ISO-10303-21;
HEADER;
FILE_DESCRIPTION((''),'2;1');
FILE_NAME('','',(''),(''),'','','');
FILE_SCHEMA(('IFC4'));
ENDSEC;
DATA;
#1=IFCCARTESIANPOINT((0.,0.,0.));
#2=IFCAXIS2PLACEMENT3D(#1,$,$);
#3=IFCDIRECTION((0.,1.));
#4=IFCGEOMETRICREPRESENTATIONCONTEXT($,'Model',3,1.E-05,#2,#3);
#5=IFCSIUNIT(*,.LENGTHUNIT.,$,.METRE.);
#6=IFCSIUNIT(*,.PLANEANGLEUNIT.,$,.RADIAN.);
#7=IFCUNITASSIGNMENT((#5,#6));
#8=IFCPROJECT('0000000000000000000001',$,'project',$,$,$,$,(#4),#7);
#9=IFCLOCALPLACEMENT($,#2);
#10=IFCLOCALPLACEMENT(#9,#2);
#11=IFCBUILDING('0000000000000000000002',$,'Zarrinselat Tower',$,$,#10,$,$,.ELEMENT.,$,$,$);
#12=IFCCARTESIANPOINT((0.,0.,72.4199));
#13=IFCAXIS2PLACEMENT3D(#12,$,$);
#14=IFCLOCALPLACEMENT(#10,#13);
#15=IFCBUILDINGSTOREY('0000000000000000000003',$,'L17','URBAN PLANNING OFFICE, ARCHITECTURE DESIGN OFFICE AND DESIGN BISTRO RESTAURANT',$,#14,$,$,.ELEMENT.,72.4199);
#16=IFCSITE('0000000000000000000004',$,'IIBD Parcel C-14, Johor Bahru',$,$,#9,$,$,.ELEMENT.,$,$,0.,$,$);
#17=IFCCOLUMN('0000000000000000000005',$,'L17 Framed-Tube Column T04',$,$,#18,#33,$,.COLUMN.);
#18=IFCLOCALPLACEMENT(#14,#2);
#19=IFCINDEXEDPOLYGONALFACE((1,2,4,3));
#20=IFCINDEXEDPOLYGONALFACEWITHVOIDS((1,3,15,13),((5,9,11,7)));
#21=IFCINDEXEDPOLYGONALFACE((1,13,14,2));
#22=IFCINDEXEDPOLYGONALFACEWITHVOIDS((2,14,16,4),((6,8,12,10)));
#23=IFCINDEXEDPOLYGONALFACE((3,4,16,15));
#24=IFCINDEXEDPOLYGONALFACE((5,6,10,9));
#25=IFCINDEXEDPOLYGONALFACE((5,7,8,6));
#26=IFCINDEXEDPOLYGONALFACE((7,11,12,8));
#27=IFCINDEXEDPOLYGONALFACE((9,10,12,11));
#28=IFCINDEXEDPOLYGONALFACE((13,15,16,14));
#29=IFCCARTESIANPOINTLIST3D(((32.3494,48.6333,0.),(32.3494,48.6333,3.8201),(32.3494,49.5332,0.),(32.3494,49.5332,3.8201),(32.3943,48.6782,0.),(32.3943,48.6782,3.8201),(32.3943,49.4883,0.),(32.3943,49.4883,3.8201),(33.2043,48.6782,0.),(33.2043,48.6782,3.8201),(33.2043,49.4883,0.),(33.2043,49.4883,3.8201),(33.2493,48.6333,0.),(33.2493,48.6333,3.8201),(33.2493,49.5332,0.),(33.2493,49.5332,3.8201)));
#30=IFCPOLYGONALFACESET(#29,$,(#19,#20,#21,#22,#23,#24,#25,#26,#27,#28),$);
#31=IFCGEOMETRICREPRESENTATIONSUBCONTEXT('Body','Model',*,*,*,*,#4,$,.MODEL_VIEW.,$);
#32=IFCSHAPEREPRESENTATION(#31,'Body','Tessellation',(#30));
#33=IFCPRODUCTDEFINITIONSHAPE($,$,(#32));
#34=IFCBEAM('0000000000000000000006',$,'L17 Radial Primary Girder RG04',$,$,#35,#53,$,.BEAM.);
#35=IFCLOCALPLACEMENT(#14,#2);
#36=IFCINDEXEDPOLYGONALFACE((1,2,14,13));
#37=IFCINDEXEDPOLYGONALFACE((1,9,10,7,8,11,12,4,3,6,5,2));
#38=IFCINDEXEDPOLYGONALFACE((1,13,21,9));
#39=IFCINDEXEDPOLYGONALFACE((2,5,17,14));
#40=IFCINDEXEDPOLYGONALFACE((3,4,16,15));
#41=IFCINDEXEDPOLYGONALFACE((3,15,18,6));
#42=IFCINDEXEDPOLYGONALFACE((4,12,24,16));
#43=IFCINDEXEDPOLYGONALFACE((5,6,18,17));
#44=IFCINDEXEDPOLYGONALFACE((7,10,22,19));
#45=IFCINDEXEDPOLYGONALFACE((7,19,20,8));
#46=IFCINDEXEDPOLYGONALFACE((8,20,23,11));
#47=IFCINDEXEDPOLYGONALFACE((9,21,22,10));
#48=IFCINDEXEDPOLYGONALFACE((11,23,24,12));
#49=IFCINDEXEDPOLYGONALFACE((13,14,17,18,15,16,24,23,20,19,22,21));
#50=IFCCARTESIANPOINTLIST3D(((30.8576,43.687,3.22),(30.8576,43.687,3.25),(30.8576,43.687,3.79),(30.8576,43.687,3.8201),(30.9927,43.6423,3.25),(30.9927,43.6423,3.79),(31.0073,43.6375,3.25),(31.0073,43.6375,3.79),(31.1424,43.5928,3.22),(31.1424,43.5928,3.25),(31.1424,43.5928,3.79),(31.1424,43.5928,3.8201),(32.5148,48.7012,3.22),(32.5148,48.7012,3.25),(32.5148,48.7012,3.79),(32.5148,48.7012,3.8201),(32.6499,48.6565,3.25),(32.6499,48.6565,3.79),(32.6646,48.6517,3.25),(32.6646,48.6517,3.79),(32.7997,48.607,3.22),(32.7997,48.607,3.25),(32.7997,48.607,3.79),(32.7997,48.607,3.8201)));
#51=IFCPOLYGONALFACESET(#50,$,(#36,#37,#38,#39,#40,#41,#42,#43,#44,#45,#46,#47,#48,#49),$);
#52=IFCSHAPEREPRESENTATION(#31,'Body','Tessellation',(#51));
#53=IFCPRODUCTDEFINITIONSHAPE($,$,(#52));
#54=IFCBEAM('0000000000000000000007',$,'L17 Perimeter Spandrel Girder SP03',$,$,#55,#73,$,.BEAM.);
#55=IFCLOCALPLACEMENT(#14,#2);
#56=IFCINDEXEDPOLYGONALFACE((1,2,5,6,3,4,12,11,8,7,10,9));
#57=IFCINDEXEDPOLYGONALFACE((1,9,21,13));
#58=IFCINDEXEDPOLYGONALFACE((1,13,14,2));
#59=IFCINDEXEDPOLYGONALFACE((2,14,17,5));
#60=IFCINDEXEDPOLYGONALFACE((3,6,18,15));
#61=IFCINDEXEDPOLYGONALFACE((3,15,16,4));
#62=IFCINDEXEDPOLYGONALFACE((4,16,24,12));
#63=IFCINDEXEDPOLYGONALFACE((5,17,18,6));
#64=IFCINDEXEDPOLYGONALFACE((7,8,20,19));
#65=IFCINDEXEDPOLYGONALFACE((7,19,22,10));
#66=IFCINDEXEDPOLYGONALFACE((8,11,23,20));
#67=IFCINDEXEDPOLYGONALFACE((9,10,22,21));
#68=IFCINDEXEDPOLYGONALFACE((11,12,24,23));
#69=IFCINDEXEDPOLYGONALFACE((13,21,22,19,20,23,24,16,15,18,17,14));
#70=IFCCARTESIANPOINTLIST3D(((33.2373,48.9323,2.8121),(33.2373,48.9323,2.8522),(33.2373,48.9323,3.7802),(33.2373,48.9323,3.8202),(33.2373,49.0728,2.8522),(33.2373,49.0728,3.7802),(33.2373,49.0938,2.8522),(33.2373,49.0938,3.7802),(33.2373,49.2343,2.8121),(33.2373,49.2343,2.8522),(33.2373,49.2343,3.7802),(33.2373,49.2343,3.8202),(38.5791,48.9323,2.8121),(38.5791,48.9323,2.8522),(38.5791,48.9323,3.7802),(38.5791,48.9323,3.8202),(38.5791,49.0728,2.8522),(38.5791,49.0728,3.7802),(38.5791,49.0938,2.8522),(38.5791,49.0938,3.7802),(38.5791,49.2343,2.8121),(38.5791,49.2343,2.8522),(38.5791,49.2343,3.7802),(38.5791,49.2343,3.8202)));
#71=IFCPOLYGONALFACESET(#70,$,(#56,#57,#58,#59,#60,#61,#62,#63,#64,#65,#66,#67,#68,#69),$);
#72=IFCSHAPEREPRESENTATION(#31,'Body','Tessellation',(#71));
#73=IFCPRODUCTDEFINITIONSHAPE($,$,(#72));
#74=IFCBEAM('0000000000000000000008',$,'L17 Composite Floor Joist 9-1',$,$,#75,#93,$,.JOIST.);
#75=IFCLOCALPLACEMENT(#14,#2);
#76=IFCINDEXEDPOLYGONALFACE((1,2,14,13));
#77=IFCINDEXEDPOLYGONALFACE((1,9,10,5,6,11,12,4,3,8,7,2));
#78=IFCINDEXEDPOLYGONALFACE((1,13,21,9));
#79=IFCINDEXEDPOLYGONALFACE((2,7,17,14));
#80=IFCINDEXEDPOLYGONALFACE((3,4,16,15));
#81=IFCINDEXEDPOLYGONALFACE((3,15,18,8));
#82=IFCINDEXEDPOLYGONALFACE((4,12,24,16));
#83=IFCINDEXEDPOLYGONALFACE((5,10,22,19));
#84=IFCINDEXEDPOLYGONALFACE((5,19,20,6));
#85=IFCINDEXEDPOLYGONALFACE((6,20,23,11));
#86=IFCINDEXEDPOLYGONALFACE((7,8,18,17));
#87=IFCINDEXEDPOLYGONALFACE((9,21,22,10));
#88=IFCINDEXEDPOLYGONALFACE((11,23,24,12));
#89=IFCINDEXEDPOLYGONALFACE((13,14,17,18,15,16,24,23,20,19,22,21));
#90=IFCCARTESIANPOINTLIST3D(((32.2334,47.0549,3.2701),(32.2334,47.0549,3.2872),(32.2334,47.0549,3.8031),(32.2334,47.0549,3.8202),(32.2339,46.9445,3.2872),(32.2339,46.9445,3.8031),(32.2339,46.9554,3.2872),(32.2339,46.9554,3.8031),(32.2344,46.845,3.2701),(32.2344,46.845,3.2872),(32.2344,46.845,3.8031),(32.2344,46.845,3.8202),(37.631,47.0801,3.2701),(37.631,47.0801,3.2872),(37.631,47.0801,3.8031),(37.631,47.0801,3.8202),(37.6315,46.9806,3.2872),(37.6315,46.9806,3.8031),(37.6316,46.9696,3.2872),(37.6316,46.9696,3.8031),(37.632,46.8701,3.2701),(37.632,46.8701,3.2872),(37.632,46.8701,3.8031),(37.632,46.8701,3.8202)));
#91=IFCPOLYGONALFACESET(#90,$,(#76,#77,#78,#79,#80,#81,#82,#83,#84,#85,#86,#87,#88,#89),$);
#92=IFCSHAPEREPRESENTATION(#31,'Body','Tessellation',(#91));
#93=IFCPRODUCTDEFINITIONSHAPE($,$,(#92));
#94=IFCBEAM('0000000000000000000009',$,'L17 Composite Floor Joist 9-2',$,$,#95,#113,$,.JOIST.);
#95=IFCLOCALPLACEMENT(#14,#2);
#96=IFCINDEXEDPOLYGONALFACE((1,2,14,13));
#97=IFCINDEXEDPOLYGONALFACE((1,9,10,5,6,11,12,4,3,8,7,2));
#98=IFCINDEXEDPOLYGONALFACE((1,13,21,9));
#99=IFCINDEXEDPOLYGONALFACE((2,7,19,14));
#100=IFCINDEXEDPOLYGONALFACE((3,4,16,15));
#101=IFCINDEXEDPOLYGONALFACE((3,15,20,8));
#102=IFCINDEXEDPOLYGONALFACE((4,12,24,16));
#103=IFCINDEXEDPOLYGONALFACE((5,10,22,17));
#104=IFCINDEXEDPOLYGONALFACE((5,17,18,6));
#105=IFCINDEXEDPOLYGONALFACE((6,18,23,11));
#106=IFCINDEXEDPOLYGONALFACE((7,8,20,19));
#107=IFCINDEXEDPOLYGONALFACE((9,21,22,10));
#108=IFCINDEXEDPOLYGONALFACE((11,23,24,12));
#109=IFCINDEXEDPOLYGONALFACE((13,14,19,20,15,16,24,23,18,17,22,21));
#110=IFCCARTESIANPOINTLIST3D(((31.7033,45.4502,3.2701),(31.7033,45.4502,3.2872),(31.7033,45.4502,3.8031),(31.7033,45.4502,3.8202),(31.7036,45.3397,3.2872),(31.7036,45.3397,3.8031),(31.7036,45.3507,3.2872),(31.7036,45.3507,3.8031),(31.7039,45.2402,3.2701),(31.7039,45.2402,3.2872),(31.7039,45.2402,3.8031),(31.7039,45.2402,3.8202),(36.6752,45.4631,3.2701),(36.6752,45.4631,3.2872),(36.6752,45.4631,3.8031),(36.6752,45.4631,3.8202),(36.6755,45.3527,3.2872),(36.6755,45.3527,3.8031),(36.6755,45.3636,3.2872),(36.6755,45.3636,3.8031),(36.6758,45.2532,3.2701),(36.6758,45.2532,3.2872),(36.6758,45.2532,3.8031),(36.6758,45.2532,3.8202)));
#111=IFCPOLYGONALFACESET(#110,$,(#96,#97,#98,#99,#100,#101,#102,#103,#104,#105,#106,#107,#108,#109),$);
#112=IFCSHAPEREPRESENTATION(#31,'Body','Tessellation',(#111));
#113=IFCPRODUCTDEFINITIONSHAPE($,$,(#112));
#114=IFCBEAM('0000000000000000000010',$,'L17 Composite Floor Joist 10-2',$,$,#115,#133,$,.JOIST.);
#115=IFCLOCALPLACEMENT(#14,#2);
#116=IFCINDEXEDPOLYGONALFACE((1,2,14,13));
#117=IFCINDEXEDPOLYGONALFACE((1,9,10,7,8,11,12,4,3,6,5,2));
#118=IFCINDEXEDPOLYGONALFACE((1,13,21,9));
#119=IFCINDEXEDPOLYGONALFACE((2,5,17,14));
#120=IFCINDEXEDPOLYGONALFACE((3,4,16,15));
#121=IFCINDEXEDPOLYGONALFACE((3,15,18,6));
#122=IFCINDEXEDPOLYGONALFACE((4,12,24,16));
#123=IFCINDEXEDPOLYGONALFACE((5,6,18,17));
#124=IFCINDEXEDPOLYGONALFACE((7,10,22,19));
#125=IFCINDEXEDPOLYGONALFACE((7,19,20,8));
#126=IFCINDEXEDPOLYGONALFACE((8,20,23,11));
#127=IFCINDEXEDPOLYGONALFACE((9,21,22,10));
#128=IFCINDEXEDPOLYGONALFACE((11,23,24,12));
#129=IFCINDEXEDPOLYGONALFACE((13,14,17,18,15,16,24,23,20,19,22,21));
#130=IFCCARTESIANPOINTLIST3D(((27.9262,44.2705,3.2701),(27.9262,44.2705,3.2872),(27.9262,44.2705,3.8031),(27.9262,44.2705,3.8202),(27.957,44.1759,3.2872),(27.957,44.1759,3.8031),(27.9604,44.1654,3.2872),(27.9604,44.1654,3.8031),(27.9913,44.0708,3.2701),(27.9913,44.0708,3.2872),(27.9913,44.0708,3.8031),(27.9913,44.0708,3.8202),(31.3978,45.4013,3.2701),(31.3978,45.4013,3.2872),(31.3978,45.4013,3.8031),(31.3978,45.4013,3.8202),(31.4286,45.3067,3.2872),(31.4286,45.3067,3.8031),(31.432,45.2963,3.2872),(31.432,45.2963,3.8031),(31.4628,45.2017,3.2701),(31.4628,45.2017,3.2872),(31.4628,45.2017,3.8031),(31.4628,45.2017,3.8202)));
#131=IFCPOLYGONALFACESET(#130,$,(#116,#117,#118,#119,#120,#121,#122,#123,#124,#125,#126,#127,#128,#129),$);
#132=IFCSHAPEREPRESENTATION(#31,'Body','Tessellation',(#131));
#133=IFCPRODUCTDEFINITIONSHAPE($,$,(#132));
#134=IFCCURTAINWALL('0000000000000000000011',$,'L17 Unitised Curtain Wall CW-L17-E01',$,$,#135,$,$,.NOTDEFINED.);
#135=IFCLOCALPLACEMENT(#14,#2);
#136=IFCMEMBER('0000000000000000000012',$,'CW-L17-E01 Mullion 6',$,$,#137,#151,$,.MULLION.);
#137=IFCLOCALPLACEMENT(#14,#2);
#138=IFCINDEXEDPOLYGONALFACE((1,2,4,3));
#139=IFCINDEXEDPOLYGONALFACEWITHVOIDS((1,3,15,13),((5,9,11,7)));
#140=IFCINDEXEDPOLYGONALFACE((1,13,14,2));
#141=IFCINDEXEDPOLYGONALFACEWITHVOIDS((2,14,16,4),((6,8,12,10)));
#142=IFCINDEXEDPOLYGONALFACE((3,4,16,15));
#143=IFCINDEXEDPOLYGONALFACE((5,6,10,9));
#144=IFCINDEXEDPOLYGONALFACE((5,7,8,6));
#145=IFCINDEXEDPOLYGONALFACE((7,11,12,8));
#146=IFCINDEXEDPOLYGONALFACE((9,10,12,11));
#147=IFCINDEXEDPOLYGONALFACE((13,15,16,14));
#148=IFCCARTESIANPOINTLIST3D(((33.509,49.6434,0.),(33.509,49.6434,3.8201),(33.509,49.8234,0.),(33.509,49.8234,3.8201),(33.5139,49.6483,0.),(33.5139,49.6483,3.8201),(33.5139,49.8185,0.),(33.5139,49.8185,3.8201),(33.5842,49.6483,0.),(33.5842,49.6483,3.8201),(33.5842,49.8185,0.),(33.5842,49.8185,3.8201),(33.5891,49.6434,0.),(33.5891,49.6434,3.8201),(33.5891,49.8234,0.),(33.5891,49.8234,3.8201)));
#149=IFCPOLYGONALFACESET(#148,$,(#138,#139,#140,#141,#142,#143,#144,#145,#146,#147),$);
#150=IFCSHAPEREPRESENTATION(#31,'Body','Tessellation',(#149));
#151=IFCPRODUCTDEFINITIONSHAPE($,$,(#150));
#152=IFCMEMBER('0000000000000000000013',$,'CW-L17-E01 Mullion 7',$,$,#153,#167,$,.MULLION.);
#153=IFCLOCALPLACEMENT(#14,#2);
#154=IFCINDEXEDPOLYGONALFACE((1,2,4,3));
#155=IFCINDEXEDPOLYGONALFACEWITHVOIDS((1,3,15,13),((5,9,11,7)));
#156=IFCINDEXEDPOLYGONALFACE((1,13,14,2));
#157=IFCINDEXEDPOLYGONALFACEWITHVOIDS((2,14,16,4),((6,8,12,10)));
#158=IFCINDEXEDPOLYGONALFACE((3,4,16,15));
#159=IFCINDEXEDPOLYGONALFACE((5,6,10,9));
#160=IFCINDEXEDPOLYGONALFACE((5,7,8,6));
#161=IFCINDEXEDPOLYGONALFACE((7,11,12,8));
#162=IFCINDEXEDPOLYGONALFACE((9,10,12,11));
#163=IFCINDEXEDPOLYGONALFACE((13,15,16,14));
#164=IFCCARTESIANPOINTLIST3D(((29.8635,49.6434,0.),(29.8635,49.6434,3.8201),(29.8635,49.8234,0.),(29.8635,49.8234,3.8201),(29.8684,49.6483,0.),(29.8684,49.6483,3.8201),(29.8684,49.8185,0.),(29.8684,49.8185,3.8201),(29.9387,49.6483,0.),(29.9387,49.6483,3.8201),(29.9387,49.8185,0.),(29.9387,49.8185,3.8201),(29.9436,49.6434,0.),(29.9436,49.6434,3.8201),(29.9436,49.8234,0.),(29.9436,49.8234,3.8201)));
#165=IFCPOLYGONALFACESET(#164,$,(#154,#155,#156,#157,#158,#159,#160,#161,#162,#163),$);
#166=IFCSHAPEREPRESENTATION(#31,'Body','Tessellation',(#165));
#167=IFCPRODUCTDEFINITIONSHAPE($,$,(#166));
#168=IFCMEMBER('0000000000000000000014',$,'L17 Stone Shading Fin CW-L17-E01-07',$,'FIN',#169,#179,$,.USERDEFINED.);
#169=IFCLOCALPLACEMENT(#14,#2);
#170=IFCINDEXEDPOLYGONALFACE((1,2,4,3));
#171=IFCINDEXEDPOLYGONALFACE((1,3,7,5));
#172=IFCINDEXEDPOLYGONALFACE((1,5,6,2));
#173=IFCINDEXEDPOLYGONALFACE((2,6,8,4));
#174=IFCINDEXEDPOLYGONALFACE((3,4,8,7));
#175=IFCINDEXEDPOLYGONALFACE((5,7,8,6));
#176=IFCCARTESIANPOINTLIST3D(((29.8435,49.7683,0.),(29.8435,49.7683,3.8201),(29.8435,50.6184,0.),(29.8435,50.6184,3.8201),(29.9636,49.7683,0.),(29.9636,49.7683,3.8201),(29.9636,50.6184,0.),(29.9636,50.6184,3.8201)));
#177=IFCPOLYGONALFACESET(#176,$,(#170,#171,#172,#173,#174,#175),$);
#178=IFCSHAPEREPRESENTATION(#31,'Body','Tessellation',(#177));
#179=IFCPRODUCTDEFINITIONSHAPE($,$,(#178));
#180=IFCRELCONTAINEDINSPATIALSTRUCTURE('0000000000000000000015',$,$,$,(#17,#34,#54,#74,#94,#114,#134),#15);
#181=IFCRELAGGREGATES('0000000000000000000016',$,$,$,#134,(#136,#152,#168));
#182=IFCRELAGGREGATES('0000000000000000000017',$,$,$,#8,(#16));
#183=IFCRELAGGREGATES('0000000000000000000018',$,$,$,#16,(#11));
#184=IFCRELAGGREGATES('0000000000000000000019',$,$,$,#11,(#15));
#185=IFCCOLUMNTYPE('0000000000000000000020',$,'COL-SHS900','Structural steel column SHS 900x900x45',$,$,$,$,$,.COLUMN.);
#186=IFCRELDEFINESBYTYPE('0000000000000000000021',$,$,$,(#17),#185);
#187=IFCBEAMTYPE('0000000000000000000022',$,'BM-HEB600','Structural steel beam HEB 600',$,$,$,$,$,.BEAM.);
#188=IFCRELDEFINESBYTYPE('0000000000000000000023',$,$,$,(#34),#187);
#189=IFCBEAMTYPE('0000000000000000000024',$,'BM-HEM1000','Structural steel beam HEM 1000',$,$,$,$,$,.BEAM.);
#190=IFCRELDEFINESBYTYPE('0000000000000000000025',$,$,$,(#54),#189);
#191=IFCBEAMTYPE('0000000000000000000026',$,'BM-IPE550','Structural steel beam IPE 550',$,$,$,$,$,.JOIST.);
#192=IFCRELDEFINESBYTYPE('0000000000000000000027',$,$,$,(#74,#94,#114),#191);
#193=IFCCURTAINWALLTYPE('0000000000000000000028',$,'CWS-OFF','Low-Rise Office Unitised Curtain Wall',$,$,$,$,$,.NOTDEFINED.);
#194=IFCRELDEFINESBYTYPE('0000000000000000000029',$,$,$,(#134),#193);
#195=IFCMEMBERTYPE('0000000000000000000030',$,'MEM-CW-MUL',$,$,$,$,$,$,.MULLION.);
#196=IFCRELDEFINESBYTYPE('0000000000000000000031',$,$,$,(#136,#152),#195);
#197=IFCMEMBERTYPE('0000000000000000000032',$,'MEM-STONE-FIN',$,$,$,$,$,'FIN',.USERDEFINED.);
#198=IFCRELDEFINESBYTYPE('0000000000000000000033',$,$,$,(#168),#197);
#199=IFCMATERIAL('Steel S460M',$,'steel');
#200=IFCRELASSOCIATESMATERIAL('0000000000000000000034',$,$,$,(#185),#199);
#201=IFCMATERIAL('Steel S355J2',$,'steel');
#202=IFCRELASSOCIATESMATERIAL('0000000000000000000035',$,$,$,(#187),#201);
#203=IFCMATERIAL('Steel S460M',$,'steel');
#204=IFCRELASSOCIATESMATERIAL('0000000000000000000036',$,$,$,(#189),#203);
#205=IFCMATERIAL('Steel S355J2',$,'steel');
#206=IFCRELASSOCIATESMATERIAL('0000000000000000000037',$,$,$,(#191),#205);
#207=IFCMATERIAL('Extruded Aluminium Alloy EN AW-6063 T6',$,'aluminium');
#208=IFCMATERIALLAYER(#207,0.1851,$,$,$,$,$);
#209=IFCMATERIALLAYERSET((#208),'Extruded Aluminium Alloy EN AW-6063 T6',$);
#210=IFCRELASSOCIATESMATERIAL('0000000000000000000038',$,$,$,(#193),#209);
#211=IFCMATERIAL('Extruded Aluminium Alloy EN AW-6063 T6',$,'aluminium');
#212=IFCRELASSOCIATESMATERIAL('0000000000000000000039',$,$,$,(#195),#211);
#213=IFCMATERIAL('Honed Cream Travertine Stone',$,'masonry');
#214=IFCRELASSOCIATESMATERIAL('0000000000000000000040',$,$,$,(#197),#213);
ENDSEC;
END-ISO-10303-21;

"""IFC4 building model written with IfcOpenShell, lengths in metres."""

from ifc_helpers import new_model, si_unit, direction, frame, origin, origin_2d, place, context, subcontext, project, spatial, rectangle, hollow_rectangle, i_section, extrude, material, layer, layer_set, material_profile, profile_set, type_object, element, aggregate, save


model = new_model("IFC4")

# Units and contexts
model_context = context("Model", 3, precision=1e-05, world=origin(), true_north=direction((0.0, 1.0)))
body_context = subcontext(model_context, "Body", "Model", "MODEL_VIEW")
ifc_project = project(units=[si_unit("LENGTHUNIT", "METRE"), si_unit("PLANEANGLEUNIT", "RADIAN")], contexts=[model_context])

# Site, building, storey
site_placement = place(None, origin())
site = spatial("IfcSite", under=ifc_project, at=site_placement, Name="IIBD Parcel C-14, Johor Bahru", CompositionType="ELEMENT", RefElevation=0.0)
building_placement = place(site_placement, origin())
building = spatial("IfcBuilding", under=site, at=building_placement, Name="Zarrinselat Tower", CompositionType="ELEMENT")
storey_placement = place(building_placement, frame((0.0, 0.0, 72.4199)))
storey = spatial("IfcBuildingStorey", under=building, at=storey_placement, Name="L17", Description="URBAN PLANNING OFFICE, ARCHITECTURE DESIGN OFFICE AND DESIGN BISTRO RESTAURANT", CompositionType="ELEMENT", Elevation=72.4199)

# Column
ifc_material_1 = material(Name="Steel S460M", Category="steel")
ifc_material_profile_1 = material_profile(ifc_material_1, hollow_rectangle(XDim=0.8999, YDim=0.8999, WallThickness=0.0449, at=origin_2d()), Name="SHS 900x900x45")
ifc_profile_set_1 = profile_set([ifc_material_profile_1], Name="Steel S460M")
column_type = type_object("IfcColumnType", Name="COL-SHS900", Description="Structural steel column SHS 900x900x45", PredefinedType="COLUMN", material=ifc_profile_set_1)
column_placement = place(storey_placement, frame((32.7993, 49.0833, 0.0), z_axis=(0.0, 0.0, 1.0), x_axis=(1.0, 0.0, 0.0)))
element("IfcColumn", 1, at=column_placement, inside=storey, type_object=column_type, Name="L17 Framed-Tube Column T04", PredefinedType="COLUMN", context=body_context, shape_type="SweptSolid", body=[
    extrude(hollow_rectangle(XDim=0.8999, YDim=0.8999, WallThickness=0.0449, at=origin_2d()), origin(), (0.0, 0.0, 1.0), 3.8201),
])

# Beams
ifc_material_2 = material(Name="Steel S355J2", Category="steel")
ifc_material_profile_2 = material_profile(ifc_material_2, i_section(OverallWidth=0.3, OverallDepth=0.6001, WebThickness=0.0154, FlangeThickness=0.03, at=origin_2d()), Name="HEB 600")
ifc_profile_set_2 = profile_set([ifc_material_profile_2], Name="Steel S355J2")
beam_type_1 = type_object("IfcBeamType", Name="BM-HEB600", Description="Structural steel beam HEB 600", PredefinedType="BEAM", material=ifc_profile_set_2)
beam_1_placement = place(storey_placement, frame((31.0, 43.6399, 3.52), z_axis=(0.313814, 0.949485, 0.0), x_axis=(-0.949485, 0.313814, 0.0)))
element("IfcBeam", 2, at=beam_1_placement, inside=storey, type_object=beam_type_1, Name="L17 Radial Primary Girder RG04", PredefinedType="BEAM", context=body_context, shape_type="SweptSolid", body=[
    extrude(i_section(OverallWidth=0.3, OverallDepth=0.6001, WebThickness=0.0154, FlangeThickness=0.03, at=origin_2d()), origin(), (0.0, 0.0, 1.0), 5.281),
])
ifc_material_3 = material(Name="Steel S460M", Category="steel")
ifc_material_profile_3 = material_profile(ifc_material_3, i_section(OverallWidth=0.302, OverallDepth=1.0081, WebThickness=0.021, FlangeThickness=0.04, at=origin_2d()), Name="HEM 1000")
ifc_profile_set_3 = profile_set([ifc_material_profile_3], Name="Steel S460M")
beam_type_2 = type_object("IfcBeamType", Name="BM-HEM1000", Description="Structural steel beam HEM 1000", PredefinedType="BEAM", material=ifc_profile_set_3)
beam_2_placement = place(storey_placement, frame((33.2373, 49.0833, 3.3162), z_axis=(1.0, 0.0, 0.0), x_axis=(0.0, 1.0, 0.0)))
element("IfcBeam", 3, at=beam_2_placement, inside=storey, type_object=beam_type_2, Name="L17 Perimeter Spandrel Girder SP03", PredefinedType="BEAM", context=body_context, shape_type="SweptSolid", body=[
    extrude(i_section(OverallWidth=0.302, OverallDepth=1.0081, WebThickness=0.021, FlangeThickness=0.04, at=origin_2d()), origin(), (0.0, 0.0, 1.0), 5.3418),
])
ifc_material_4 = material(Name="Steel S355J2", Category="steel")
ifc_material_profile_4 = material_profile(ifc_material_4, i_section(OverallWidth=0.21, OverallDepth=0.55, WebThickness=0.011, FlangeThickness=0.0171, at=origin_2d()), Name="IPE 550")
ifc_profile_set_4 = profile_set([ifc_material_profile_4], Name="Steel S355J2")
beam_type_3 = type_object("IfcBeamType", Name="BM-IPE550", Description="Structural steel beam IPE 550", PredefinedType="JOIST", material=ifc_profile_set_4)
beam_3_placement = place(storey_placement, frame((32.2339, 46.95, 3.5452), z_axis=(0.999989, 0.004659, 0.0), x_axis=(-0.004659, 0.999989, 0.0)))
element("IfcBeam", 4, at=beam_3_placement, inside=storey, type_object=beam_type_3, Name="L17 Composite Floor Joist 9-1", PredefinedType="JOIST", context=body_context, shape_type="SweptSolid", body=[
    extrude(i_section(OverallWidth=0.21, OverallDepth=0.55, WebThickness=0.011, FlangeThickness=0.0171, at=origin_2d()), origin(), (0.0, 0.0, 1.0), 5.3977),
])
beam_4_placement = place(storey_placement, frame((31.7036, 45.3452, 3.5452), z_axis=(0.999997, 0.002602, 0.0), x_axis=(-0.002602, 0.999997, 0.0)))
element("IfcBeam", 5, at=beam_4_placement, inside=storey, type_object=beam_type_3, Name="L17 Composite Floor Joist 9-2", PredefinedType="JOIST", context=body_context, shape_type="SweptSolid", body=[
    extrude(i_section(OverallWidth=0.21, OverallDepth=0.55, WebThickness=0.011, FlangeThickness=0.0171, at=origin_2d()), origin(), (0.0, 0.0, 1.0), 4.9719),
])
beam_5_placement = place(storey_placement, frame((27.9587, 44.1707, 3.5452), z_axis=(0.950827, 0.309721, 0.0), x_axis=(-0.309721, 0.950827, 0.0)))
element("IfcBeam", 6, at=beam_5_placement, inside=storey, type_object=beam_type_3, Name="L17 Composite Floor Joist 10-2", PredefinedType="JOIST", context=body_context, shape_type="SweptSolid", body=[
    extrude(i_section(OverallWidth=0.21, OverallDepth=0.55, WebThickness=0.011, FlangeThickness=0.0171, at=origin_2d()), origin(), (0.0, 0.0, 1.0), 3.6511),
])

# Curtain wall, members
ifc_material_5 = material(Name="Extruded Aluminium Alloy EN AW-6063 T6", Category="aluminium")
ifc_layer_1 = layer(ifc_material_5, 0.1851)
ifc_layer_set_1 = layer_set([ifc_layer_1], Name="Extruded Aluminium Alloy EN AW-6063 T6")
curtain_wall_type = type_object("IfcCurtainWallType", Name="CWS-OFF", Description="Low-Rise Office Unitised Curtain Wall", PredefinedType="NOTDEFINED", material=ifc_layer_set_1)
curtain_wall_placement = place(storey_placement, origin())
curtain_wall = element("IfcCurtainWall", 7, at=curtain_wall_placement, inside=storey, type_object=curtain_wall_type, Name="L17 Unitised Curtain Wall CW-L17-E01", PredefinedType="NOTDEFINED")
ifc_material_6 = material(Name="Extruded Aluminium Alloy EN AW-6063 T6", Category="aluminium")
ifc_material_profile_5 = material_profile(ifc_material_6, hollow_rectangle(XDim=0.0801, YDim=0.1799, WallThickness=0.0049, at=origin_2d()), Name="RHS 180x80x5")
ifc_profile_set_5 = profile_set([ifc_material_profile_5], Name="Extruded Aluminium Alloy EN AW-6063 T6")
member_type_1 = type_object("IfcMemberType", Name="MEM-CW-MUL", PredefinedType="MULLION", material=ifc_profile_set_5)
member_1_placement = place(storey_placement, frame((33.5491, 49.7334, 0.0), z_axis=(0.0, 0.0, 1.0), x_axis=(-1.0, 0.0, 0.0)))
member_1 = element("IfcMember", 8, at=member_1_placement, type_object=member_type_1, Name="CW-L17-E01 Mullion 6", PredefinedType="MULLION", context=body_context, shape_type="SweptSolid", body=[
    extrude(hollow_rectangle(XDim=0.0801, YDim=0.1799, WallThickness=0.0049, at=origin_2d()), origin(), (0.0, 0.0, 1.0), 3.8201),
])
member_2_placement = place(storey_placement, frame((29.9036, 49.7334, 0.0), z_axis=(0.0, 0.0, 1.0), x_axis=(-1.0, 0.0, 0.0)))
member_2 = element("IfcMember", 9, at=member_2_placement, type_object=member_type_1, Name="CW-L17-E01 Mullion 7", PredefinedType="MULLION", context=body_context, shape_type="SweptSolid", body=[
    extrude(hollow_rectangle(XDim=0.0801, YDim=0.1799, WallThickness=0.0049, at=origin_2d()), origin(), (0.0, 0.0, 1.0), 3.8201),
])
ifc_material_7 = material(Name="Honed Cream Travertine Stone", Category="masonry")
ifc_material_profile_6 = material_profile(ifc_material_7, rectangle(XDim=0.1201, YDim=0.8501, at=origin_2d()), Name="FIN 850x120")
ifc_profile_set_6 = profile_set([ifc_material_profile_6], Name="Honed Cream Travertine Stone")
member_type_2 = type_object("IfcMemberType", Name="MEM-STONE-FIN", ElementType="FIN", PredefinedType="USERDEFINED", material=ifc_profile_set_6)
member_3_placement = place(storey_placement, frame((29.9036, 50.1934, 0.0), z_axis=(0.0, 0.0, 1.0), x_axis=(1.0, 0.0, 0.0)))
member_3 = element("IfcMember", 10, at=member_3_placement, type_object=member_type_2, Name="L17 Stone Shading Fin CW-L17-E01-07", ObjectType="FIN", PredefinedType="USERDEFINED", context=body_context, shape_type="SweptSolid", body=[
    extrude(rectangle(XDim=0.1201, YDim=0.8501, at=origin_2d()), origin(), (0.0, 0.0, 1.0), 3.8201),
])
aggregate(curtain_wall, [member_1, member_2, member_3])

save(model, "model.ifc")
